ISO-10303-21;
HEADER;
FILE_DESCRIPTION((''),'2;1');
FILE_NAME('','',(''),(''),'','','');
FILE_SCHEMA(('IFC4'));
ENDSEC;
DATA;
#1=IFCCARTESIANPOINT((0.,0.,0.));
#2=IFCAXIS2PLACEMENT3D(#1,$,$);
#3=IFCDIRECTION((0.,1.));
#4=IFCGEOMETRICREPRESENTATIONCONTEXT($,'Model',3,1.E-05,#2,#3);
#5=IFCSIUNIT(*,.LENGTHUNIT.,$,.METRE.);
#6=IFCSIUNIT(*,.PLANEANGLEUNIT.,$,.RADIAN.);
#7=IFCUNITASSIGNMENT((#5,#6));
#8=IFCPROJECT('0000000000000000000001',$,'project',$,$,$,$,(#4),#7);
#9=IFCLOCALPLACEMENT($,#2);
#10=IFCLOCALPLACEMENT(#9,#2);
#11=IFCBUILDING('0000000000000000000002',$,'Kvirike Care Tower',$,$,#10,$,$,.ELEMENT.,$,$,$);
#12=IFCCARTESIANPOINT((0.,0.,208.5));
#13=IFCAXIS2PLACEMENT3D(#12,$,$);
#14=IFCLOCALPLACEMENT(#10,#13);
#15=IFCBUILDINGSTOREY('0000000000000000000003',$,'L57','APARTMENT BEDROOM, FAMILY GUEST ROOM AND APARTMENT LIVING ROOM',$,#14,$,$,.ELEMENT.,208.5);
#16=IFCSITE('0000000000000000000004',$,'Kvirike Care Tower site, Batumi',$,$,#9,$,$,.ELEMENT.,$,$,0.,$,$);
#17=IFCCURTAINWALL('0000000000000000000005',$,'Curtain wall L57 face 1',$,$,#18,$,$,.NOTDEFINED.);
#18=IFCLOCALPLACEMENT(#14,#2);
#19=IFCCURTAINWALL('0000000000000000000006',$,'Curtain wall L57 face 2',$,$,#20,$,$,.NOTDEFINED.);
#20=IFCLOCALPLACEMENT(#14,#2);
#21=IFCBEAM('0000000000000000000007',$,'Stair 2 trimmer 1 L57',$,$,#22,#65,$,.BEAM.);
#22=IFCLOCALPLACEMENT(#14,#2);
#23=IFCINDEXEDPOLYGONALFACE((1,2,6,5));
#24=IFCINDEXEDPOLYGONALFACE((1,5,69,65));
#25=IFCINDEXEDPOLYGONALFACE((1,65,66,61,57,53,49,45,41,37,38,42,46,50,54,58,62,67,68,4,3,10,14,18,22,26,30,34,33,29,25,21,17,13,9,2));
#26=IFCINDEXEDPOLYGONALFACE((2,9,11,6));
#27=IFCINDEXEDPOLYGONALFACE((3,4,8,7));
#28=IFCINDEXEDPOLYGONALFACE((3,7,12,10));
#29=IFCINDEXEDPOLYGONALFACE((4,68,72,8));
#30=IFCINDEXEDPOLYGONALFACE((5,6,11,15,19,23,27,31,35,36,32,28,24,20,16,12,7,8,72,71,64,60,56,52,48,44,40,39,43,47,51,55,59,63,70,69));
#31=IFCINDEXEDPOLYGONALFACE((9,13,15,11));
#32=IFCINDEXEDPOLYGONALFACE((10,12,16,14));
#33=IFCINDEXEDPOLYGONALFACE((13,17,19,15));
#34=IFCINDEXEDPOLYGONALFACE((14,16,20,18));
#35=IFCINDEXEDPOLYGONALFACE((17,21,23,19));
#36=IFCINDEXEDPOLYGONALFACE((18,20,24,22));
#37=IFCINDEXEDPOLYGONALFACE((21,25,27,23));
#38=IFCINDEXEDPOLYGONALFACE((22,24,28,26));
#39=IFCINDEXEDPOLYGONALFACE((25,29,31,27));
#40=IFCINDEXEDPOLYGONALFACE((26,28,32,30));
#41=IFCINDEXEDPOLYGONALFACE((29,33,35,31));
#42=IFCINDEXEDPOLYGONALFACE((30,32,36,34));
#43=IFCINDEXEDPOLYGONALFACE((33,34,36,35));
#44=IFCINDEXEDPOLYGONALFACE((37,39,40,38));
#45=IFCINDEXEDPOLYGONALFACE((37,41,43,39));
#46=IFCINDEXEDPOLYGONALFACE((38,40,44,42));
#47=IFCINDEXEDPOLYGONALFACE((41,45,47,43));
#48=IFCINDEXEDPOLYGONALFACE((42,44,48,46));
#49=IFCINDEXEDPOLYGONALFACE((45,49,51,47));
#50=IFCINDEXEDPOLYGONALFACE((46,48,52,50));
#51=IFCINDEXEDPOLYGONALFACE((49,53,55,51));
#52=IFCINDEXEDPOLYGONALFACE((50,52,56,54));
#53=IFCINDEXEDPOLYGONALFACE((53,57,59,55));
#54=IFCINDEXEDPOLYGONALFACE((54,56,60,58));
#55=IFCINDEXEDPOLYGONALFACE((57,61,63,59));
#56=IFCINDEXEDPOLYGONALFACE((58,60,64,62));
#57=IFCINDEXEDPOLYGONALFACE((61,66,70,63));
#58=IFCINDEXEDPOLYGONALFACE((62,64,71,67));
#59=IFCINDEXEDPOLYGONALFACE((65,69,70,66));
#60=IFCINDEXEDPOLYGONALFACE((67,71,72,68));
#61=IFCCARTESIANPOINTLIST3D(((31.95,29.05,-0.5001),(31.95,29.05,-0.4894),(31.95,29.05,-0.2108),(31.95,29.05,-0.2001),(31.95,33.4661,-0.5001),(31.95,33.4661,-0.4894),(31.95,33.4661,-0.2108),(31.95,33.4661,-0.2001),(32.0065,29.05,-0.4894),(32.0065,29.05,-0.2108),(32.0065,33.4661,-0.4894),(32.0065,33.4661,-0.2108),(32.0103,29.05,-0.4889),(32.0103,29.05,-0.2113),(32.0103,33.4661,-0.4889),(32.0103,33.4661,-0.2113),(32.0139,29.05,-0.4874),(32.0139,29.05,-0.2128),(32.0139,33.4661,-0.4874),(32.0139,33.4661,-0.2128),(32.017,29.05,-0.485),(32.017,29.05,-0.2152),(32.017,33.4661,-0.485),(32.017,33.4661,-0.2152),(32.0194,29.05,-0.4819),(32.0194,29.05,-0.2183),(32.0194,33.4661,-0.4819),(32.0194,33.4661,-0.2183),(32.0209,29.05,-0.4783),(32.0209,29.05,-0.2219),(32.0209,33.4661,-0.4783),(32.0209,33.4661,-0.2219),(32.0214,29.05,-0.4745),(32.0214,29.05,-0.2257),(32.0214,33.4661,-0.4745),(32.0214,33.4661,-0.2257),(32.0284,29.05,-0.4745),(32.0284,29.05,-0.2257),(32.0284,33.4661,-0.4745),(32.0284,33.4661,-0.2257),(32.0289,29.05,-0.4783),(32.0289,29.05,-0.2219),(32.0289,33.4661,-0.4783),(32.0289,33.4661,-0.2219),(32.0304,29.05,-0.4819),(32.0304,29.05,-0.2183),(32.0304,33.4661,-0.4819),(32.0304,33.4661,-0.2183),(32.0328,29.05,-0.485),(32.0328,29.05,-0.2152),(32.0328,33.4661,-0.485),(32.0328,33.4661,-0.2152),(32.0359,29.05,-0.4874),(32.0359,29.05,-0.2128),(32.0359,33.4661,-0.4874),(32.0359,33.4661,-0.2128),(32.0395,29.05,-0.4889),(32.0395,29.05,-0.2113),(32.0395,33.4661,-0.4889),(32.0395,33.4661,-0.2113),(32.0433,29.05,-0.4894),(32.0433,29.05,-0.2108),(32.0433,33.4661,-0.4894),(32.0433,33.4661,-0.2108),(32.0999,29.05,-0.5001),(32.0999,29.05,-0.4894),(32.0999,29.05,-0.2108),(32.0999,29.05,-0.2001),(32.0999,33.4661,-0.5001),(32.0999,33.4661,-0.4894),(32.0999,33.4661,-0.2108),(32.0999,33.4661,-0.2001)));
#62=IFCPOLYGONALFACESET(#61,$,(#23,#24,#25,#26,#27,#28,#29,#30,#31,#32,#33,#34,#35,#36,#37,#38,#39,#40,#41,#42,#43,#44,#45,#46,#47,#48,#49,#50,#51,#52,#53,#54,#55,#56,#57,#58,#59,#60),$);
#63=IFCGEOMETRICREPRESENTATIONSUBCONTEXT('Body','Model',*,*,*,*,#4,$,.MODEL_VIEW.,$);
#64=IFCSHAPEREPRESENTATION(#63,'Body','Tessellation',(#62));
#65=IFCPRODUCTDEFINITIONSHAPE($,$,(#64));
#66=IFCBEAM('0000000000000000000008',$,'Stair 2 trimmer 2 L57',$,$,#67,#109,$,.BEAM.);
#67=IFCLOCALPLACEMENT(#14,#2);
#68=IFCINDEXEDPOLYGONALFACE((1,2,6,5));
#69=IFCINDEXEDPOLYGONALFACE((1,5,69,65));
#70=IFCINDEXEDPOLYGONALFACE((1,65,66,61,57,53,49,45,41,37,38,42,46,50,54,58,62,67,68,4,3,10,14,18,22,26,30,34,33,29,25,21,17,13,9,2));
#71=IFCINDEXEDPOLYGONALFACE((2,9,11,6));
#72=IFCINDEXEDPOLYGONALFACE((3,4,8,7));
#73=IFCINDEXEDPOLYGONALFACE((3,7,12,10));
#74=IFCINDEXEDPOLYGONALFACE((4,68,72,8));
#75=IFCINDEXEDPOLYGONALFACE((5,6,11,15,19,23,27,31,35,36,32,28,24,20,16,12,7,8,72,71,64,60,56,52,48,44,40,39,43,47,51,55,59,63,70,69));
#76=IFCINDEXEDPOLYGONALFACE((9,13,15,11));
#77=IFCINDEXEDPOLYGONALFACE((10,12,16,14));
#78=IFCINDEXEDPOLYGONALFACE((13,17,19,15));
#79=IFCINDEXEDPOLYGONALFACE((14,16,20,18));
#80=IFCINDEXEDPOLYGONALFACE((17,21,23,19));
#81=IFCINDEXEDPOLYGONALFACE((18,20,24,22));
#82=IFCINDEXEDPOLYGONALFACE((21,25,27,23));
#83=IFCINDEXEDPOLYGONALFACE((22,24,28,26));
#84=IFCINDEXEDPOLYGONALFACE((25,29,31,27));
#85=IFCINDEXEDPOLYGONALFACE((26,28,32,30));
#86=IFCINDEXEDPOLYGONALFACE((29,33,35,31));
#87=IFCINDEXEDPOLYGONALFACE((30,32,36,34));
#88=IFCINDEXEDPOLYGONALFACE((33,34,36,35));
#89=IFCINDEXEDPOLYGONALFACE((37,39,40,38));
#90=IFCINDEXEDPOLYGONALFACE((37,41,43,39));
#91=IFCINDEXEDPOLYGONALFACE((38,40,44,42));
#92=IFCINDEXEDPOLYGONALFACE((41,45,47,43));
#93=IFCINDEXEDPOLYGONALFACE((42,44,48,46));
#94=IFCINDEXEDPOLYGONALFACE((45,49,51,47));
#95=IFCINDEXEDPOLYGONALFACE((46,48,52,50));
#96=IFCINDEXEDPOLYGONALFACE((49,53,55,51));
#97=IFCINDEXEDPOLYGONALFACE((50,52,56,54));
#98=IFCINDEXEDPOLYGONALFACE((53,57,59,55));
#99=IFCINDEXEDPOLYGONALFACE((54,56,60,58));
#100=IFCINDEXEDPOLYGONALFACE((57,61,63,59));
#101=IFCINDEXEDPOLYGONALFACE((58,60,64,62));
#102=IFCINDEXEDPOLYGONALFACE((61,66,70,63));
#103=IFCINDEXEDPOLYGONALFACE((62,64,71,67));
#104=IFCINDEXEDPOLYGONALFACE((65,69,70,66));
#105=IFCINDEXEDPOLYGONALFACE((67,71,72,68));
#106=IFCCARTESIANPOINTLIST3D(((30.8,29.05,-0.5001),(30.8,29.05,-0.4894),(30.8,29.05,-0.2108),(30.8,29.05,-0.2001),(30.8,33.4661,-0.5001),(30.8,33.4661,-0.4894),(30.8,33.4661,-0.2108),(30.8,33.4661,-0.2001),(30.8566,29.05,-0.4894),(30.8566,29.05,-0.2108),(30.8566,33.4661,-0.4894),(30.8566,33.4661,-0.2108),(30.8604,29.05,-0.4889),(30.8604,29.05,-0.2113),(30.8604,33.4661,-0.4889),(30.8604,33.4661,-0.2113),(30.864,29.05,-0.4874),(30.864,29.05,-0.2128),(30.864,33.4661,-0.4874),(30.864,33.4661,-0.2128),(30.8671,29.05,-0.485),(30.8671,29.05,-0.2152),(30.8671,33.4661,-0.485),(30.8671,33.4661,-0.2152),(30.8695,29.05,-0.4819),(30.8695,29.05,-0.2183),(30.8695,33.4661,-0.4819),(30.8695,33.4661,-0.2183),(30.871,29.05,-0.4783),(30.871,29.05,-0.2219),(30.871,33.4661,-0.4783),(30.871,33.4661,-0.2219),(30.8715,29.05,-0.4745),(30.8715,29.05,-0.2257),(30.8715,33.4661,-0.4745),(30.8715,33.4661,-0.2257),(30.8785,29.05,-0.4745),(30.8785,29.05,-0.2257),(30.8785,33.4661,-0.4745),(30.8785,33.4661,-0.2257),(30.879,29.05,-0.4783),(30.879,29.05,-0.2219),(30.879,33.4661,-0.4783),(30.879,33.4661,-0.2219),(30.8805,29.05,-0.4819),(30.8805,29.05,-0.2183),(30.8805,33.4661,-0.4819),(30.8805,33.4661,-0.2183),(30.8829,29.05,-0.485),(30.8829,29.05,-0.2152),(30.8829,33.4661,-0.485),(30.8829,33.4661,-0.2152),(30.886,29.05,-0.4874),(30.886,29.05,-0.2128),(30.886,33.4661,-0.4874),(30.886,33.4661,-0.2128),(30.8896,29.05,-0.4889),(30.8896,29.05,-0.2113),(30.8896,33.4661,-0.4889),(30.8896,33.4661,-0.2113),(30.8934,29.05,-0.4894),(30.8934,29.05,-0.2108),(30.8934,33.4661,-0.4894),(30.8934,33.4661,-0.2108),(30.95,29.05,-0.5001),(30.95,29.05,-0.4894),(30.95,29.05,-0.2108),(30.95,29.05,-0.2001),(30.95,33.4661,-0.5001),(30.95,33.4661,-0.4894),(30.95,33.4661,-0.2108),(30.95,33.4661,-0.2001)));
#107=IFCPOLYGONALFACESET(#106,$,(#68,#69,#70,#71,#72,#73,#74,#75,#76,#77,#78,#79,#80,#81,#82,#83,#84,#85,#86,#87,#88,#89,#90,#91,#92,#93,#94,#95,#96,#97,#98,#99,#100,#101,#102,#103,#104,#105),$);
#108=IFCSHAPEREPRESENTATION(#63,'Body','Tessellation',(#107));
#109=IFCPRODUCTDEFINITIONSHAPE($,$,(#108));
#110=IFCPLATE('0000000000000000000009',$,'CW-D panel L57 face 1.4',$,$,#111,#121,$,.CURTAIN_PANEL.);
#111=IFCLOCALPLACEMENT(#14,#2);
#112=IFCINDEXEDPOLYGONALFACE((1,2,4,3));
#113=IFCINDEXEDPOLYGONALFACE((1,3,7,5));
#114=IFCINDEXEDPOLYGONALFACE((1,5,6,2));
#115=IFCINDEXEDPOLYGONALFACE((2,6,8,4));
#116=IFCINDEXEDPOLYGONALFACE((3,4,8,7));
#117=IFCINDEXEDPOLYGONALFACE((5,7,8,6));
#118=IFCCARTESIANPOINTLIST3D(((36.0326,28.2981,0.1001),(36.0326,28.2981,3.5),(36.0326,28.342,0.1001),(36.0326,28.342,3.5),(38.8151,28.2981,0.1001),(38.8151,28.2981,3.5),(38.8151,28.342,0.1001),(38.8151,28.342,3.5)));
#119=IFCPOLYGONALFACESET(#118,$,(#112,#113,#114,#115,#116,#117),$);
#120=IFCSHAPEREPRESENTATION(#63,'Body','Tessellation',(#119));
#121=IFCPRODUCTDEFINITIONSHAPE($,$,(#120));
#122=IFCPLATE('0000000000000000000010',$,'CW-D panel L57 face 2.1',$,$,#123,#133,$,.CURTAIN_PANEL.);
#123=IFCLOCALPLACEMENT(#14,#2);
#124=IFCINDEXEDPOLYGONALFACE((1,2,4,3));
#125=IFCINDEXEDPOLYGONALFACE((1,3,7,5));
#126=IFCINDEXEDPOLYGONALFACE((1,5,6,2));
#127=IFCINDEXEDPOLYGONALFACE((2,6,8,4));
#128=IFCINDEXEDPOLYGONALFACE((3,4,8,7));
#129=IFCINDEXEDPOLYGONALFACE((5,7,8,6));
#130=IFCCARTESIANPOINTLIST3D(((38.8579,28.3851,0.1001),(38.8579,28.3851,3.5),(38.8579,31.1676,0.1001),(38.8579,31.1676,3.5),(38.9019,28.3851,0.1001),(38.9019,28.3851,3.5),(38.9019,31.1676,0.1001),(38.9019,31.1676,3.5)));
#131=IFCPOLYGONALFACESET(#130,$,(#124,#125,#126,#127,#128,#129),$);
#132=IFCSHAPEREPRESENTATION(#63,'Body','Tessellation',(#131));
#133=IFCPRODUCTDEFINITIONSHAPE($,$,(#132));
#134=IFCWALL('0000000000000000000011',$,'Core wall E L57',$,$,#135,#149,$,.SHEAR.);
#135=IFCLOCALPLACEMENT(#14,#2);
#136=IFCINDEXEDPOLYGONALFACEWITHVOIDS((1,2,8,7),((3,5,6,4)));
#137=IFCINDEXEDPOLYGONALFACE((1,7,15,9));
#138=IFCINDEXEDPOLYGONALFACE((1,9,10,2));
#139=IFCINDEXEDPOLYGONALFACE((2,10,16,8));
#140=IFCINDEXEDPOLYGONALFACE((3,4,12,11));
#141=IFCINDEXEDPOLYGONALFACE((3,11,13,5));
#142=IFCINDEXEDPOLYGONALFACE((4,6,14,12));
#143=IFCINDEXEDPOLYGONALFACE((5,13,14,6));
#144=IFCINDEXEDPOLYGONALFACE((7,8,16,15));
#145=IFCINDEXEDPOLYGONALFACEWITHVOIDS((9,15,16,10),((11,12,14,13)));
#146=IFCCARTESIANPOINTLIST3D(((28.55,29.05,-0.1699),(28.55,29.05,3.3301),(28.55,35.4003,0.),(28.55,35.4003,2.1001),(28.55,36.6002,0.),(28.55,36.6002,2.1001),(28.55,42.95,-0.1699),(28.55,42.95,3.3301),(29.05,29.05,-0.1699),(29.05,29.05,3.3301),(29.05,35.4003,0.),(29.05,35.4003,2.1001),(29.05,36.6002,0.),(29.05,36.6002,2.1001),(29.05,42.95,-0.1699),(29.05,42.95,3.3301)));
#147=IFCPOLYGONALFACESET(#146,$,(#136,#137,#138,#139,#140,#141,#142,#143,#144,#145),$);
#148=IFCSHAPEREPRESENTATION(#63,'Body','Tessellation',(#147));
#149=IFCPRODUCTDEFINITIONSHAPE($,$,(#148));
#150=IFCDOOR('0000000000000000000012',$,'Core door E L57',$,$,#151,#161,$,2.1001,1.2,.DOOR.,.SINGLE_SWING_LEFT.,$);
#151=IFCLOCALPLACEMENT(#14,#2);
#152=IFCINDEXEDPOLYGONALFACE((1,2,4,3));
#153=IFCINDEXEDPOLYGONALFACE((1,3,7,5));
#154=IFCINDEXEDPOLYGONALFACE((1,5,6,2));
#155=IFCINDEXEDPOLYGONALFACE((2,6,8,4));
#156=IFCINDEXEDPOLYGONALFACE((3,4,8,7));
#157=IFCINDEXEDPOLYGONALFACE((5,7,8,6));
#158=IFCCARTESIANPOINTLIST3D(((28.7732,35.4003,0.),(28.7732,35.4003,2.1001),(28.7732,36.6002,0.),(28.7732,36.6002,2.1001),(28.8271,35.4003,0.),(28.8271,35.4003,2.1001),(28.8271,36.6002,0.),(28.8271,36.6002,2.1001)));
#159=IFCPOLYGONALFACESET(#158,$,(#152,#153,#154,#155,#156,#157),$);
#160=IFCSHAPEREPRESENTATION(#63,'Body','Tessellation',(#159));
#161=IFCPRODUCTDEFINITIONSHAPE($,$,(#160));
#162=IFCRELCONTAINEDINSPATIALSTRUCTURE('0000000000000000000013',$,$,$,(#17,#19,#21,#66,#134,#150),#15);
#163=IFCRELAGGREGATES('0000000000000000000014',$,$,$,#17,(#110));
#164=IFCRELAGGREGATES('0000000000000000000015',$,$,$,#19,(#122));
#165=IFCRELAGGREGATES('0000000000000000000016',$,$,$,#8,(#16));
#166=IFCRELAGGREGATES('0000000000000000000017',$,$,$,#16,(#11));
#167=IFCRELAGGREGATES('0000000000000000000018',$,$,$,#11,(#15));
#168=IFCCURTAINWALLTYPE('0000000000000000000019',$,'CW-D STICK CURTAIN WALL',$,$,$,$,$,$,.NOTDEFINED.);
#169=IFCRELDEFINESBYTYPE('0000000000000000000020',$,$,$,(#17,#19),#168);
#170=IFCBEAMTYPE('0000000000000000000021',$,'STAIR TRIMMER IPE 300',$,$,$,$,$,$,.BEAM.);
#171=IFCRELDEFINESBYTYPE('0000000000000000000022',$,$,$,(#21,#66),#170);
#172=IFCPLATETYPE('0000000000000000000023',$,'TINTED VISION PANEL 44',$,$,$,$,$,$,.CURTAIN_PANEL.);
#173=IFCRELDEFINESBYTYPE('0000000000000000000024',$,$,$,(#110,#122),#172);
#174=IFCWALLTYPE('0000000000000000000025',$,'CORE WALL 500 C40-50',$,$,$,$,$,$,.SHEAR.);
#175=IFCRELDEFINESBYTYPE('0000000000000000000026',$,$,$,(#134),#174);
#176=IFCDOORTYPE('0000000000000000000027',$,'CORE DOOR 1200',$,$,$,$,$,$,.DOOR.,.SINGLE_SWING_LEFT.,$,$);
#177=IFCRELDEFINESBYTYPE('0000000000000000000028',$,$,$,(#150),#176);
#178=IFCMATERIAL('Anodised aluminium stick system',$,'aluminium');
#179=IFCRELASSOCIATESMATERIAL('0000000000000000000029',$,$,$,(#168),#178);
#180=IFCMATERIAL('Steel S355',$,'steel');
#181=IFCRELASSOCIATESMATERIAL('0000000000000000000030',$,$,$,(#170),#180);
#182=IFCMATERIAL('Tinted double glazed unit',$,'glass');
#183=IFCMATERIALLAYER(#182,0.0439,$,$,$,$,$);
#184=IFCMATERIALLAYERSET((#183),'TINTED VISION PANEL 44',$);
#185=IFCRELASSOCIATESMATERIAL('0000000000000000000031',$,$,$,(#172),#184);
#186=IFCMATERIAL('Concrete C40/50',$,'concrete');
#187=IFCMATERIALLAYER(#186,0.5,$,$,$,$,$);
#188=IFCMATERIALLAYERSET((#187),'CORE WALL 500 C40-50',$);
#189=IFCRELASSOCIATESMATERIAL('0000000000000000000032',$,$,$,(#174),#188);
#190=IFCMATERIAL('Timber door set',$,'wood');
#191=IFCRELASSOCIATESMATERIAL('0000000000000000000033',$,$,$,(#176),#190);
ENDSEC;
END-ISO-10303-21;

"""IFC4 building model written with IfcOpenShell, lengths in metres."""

from ifc_helpers import new_model, si_unit, direction, frame, frame_2d, origin, origin_2d, place, context, subcontext, project, spatial, rectangle, i_section, extrude, material, layer, layer_set, material_profile, profile_set, type_object, element, fill, aggregate, save


model = new_model("IFC4")

# Units and contexts
model_context = context("Model", 3, precision=1e-05, world=origin(), true_north=direction((0.0, 1.0)))
body_context = subcontext(model_context, "Body", "Model", "MODEL_VIEW")
ifc_project = project(units=[si_unit("LENGTHUNIT", "METRE"), si_unit("PLANEANGLEUNIT", "RADIAN")], contexts=[model_context])

# Site, building, storey
site_placement = place(None, origin())
site = spatial("IfcSite", under=ifc_project, at=site_placement, Name="Kvirike Care Tower site, Batumi", CompositionType="ELEMENT", RefElevation=0.0)
building_placement = place(site_placement, origin())
building = spatial("IfcBuilding", under=site, at=building_placement, Name="Kvirike Care Tower", CompositionType="ELEMENT")
storey_placement = place(building_placement, frame((0.0, 0.0, 208.5)))
storey = spatial("IfcBuildingStorey", under=building, at=storey_placement, Name="L57", Description="APARTMENT BEDROOM, FAMILY GUEST ROOM AND APARTMENT LIVING ROOM", CompositionType="ELEMENT", Elevation=208.5)

# Curtain wall
ifc_material_1 = material(Name="Anodised aluminium stick system", Category="aluminium")
curtain_wall_type = type_object("IfcCurtainWallType", Name="CW-D STICK CURTAIN WALL", PredefinedType="NOTDEFINED", material=ifc_material_1)
curtain_wall_1_placement = place(storey_placement, origin())
curtain_wall_1 = element("IfcCurtainWall", 1, at=curtain_wall_1_placement, inside=storey, type_object=curtain_wall_type, Name="Curtain wall L57 face 1", PredefinedType="NOTDEFINED")

# Curtain wall
curtain_wall_2_placement = place(storey_placement, origin())
curtain_wall_2 = element("IfcCurtainWall", 2, at=curtain_wall_2_placement, inside=storey, type_object=curtain_wall_type, Name="Curtain wall L57 face 2", PredefinedType="NOTDEFINED")

# Beams
ifc_material_2 = material(Name="Steel S355", Category="steel")
ifc_material_profile_1 = material_profile(ifc_material_2, i_section(OverallWidth=0.1499, OverallDepth=0.3, WebThickness=0.0071, FlangeThickness=0.0107, FilletRadius=0.0149, at=origin_2d()), Name="IPE 300")
ifc_profile_set_1 = profile_set([ifc_material_profile_1], Name="Steel S355")
beam_type_1 = type_object("IfcBeamType", Name="STAIR TRIMMER IPE 300", PredefinedType="BEAM", material=ifc_profile_set_1)
for number, where, z_axis, x_axis, name in (
    (3, (32.0249, 29.05, -0.3501), (0.0, 1.0, 0.0), (-1.0, 0.0, 0.0), "Stair 2 trimmer 1 L57"),
    (4, (30.875, 29.05, -0.3501), (0.0, 1.0, 0.0), (-1.0, 0.0, 0.0), "Stair 2 trimmer 2 L57"),
):
    element("IfcBeam", number, at=place(storey_placement, frame(where, z_axis=z_axis, x_axis=x_axis)), inside=storey, type_object=beam_type_1, Name=name, PredefinedType="BEAM", context=body_context, shape_type="SweptSolid", body=[
        extrude(i_section(OverallWidth=0.1499, OverallDepth=0.3, WebThickness=0.0071, FlangeThickness=0.0107, FilletRadius=0.0149, at=origin_2d()), origin(), (0.0, 0.0, 1.0), 4.416),
    ])

# Plates
ifc_material_3 = material(Name="Tinted double glazed unit", Category="glass")
ifc_layer_1 = layer(ifc_material_3, 0.0439)
ifc_layer_set_1 = layer_set([ifc_layer_1], Name="TINTED VISION PANEL 44")
plate_type = type_object("IfcPlateType", Name="TINTED VISION PANEL 44", PredefinedType="CURTAIN_PANEL", material=ifc_layer_set_1)
plate_1_placement = place(storey_placement, frame((37.4238, 28.3201, 0.1001), z_axis=(0.0, 0.0, 1.0), x_axis=(1.0, 0.0, 0.0)))
plate_1 = element("IfcPlate", 5, at=plate_1_placement, type_object=plate_type, Name="CW-D panel L57 face 1.4", PredefinedType="CURTAIN_PANEL", context=body_context, shape_type="SweptSolid", body=[
    extrude(rectangle(XDim=2.7825, YDim=0.0439, at=origin_2d()), origin(), (0.0, 0.0, 1.0), 3.3999),
])
aggregate(curtain_wall_1, [plate_1])
plate_2_placement = place(storey_placement, frame((38.8799, 29.7764, 0.1001), z_axis=(0.0, 0.0, 1.0), x_axis=(0.0, 1.0, 0.0)))
plate_2 = element("IfcPlate", 6, at=plate_2_placement, type_object=plate_type, Name="CW-D panel L57 face 2.1", PredefinedType="CURTAIN_PANEL", context=body_context, shape_type="SweptSolid", body=[
    extrude(rectangle(XDim=2.7825, YDim=0.0439, at=origin_2d()), origin(), (0.0, 0.0, 1.0), 3.3999),
])
aggregate(curtain_wall_2, [plate_2])

# Wall, opening, door
ifc_material_4 = material(Name="Concrete C40/50", Category="concrete")
ifc_layer_2 = layer(ifc_material_4, 0.5)
ifc_layer_set_2 = layer_set([ifc_layer_2], Name="CORE WALL 500 C40-50")
wall_type_1 = type_object("IfcWallType", Name="CORE WALL 500 C40-50", PredefinedType="SHEAR", material=ifc_layer_set_2)
wall_1_placement = place(storey_placement, frame((28.8, 29.05, -0.1699), z_axis=(0.0, 0.0, 1.0), x_axis=(0.0, 1.0, 0.0)))
wall_1 = element("IfcWall", 7, at=wall_1_placement, inside=storey, type_object=wall_type_1, Name="Core wall E L57", PredefinedType="SHEAR", context=body_context, shape_type="SweptSolid", body=[
    extrude(rectangle(XDim=13.8999, YDim=0.5, at=frame_2d((6.95, 0.0))), origin(), (0.0, 0.0, 1.0), 3.5),
])
opening_1_placement = place(wall_1_placement, frame((6.3501, 0.0, 0.1699)))
opening_1 = element("IfcOpeningElement", 8, at=opening_1_placement, cuts=wall_1, PredefinedType="OPENING", context=body_context, shape_type="SweptSolid", body=[
    extrude(rectangle(XDim=1.2, YDim=2.1001, at=frame_2d((0.6001, 1.05))), frame((0.0, 0.2605, 0.0), z_axis=(0.0, -1.0, 0.0), x_axis=(1.0, 0.0, 0.0)), (0.0, 0.0, 1.0), 0.521),
])
ifc_material_5 = material(Name="Timber door set", Category="wood")
door_type_1 = type_object("IfcDoorType", Name="CORE DOOR 1200", OperationType="SINGLE_SWING_LEFT", PredefinedType="DOOR", material=ifc_material_5)
door_1_placement = place(opening_1_placement, origin())
door_1 = element("IfcDoor", 9, at=door_1_placement, inside=storey, type_object=door_type_1, Name="Core door E L57", OperationType="SINGLE_SWING_LEFT", OverallHeight=2.1001, OverallWidth=1.2, PredefinedType="DOOR", context=body_context, shape_type="SweptSolid", body=[
    extrude(rectangle(XDim=1.2, YDim=2.1001, at=frame_2d((0.6001, 1.05))), frame((0.0, 0.0269, 0.0), z_axis=(0.0, -1.0, 0.0), x_axis=(1.0, 0.0, 0.0)), (0.0, 0.0, 1.0), 0.054),
])
fill(opening_1, door_1)

save(model, "model.ifc")
